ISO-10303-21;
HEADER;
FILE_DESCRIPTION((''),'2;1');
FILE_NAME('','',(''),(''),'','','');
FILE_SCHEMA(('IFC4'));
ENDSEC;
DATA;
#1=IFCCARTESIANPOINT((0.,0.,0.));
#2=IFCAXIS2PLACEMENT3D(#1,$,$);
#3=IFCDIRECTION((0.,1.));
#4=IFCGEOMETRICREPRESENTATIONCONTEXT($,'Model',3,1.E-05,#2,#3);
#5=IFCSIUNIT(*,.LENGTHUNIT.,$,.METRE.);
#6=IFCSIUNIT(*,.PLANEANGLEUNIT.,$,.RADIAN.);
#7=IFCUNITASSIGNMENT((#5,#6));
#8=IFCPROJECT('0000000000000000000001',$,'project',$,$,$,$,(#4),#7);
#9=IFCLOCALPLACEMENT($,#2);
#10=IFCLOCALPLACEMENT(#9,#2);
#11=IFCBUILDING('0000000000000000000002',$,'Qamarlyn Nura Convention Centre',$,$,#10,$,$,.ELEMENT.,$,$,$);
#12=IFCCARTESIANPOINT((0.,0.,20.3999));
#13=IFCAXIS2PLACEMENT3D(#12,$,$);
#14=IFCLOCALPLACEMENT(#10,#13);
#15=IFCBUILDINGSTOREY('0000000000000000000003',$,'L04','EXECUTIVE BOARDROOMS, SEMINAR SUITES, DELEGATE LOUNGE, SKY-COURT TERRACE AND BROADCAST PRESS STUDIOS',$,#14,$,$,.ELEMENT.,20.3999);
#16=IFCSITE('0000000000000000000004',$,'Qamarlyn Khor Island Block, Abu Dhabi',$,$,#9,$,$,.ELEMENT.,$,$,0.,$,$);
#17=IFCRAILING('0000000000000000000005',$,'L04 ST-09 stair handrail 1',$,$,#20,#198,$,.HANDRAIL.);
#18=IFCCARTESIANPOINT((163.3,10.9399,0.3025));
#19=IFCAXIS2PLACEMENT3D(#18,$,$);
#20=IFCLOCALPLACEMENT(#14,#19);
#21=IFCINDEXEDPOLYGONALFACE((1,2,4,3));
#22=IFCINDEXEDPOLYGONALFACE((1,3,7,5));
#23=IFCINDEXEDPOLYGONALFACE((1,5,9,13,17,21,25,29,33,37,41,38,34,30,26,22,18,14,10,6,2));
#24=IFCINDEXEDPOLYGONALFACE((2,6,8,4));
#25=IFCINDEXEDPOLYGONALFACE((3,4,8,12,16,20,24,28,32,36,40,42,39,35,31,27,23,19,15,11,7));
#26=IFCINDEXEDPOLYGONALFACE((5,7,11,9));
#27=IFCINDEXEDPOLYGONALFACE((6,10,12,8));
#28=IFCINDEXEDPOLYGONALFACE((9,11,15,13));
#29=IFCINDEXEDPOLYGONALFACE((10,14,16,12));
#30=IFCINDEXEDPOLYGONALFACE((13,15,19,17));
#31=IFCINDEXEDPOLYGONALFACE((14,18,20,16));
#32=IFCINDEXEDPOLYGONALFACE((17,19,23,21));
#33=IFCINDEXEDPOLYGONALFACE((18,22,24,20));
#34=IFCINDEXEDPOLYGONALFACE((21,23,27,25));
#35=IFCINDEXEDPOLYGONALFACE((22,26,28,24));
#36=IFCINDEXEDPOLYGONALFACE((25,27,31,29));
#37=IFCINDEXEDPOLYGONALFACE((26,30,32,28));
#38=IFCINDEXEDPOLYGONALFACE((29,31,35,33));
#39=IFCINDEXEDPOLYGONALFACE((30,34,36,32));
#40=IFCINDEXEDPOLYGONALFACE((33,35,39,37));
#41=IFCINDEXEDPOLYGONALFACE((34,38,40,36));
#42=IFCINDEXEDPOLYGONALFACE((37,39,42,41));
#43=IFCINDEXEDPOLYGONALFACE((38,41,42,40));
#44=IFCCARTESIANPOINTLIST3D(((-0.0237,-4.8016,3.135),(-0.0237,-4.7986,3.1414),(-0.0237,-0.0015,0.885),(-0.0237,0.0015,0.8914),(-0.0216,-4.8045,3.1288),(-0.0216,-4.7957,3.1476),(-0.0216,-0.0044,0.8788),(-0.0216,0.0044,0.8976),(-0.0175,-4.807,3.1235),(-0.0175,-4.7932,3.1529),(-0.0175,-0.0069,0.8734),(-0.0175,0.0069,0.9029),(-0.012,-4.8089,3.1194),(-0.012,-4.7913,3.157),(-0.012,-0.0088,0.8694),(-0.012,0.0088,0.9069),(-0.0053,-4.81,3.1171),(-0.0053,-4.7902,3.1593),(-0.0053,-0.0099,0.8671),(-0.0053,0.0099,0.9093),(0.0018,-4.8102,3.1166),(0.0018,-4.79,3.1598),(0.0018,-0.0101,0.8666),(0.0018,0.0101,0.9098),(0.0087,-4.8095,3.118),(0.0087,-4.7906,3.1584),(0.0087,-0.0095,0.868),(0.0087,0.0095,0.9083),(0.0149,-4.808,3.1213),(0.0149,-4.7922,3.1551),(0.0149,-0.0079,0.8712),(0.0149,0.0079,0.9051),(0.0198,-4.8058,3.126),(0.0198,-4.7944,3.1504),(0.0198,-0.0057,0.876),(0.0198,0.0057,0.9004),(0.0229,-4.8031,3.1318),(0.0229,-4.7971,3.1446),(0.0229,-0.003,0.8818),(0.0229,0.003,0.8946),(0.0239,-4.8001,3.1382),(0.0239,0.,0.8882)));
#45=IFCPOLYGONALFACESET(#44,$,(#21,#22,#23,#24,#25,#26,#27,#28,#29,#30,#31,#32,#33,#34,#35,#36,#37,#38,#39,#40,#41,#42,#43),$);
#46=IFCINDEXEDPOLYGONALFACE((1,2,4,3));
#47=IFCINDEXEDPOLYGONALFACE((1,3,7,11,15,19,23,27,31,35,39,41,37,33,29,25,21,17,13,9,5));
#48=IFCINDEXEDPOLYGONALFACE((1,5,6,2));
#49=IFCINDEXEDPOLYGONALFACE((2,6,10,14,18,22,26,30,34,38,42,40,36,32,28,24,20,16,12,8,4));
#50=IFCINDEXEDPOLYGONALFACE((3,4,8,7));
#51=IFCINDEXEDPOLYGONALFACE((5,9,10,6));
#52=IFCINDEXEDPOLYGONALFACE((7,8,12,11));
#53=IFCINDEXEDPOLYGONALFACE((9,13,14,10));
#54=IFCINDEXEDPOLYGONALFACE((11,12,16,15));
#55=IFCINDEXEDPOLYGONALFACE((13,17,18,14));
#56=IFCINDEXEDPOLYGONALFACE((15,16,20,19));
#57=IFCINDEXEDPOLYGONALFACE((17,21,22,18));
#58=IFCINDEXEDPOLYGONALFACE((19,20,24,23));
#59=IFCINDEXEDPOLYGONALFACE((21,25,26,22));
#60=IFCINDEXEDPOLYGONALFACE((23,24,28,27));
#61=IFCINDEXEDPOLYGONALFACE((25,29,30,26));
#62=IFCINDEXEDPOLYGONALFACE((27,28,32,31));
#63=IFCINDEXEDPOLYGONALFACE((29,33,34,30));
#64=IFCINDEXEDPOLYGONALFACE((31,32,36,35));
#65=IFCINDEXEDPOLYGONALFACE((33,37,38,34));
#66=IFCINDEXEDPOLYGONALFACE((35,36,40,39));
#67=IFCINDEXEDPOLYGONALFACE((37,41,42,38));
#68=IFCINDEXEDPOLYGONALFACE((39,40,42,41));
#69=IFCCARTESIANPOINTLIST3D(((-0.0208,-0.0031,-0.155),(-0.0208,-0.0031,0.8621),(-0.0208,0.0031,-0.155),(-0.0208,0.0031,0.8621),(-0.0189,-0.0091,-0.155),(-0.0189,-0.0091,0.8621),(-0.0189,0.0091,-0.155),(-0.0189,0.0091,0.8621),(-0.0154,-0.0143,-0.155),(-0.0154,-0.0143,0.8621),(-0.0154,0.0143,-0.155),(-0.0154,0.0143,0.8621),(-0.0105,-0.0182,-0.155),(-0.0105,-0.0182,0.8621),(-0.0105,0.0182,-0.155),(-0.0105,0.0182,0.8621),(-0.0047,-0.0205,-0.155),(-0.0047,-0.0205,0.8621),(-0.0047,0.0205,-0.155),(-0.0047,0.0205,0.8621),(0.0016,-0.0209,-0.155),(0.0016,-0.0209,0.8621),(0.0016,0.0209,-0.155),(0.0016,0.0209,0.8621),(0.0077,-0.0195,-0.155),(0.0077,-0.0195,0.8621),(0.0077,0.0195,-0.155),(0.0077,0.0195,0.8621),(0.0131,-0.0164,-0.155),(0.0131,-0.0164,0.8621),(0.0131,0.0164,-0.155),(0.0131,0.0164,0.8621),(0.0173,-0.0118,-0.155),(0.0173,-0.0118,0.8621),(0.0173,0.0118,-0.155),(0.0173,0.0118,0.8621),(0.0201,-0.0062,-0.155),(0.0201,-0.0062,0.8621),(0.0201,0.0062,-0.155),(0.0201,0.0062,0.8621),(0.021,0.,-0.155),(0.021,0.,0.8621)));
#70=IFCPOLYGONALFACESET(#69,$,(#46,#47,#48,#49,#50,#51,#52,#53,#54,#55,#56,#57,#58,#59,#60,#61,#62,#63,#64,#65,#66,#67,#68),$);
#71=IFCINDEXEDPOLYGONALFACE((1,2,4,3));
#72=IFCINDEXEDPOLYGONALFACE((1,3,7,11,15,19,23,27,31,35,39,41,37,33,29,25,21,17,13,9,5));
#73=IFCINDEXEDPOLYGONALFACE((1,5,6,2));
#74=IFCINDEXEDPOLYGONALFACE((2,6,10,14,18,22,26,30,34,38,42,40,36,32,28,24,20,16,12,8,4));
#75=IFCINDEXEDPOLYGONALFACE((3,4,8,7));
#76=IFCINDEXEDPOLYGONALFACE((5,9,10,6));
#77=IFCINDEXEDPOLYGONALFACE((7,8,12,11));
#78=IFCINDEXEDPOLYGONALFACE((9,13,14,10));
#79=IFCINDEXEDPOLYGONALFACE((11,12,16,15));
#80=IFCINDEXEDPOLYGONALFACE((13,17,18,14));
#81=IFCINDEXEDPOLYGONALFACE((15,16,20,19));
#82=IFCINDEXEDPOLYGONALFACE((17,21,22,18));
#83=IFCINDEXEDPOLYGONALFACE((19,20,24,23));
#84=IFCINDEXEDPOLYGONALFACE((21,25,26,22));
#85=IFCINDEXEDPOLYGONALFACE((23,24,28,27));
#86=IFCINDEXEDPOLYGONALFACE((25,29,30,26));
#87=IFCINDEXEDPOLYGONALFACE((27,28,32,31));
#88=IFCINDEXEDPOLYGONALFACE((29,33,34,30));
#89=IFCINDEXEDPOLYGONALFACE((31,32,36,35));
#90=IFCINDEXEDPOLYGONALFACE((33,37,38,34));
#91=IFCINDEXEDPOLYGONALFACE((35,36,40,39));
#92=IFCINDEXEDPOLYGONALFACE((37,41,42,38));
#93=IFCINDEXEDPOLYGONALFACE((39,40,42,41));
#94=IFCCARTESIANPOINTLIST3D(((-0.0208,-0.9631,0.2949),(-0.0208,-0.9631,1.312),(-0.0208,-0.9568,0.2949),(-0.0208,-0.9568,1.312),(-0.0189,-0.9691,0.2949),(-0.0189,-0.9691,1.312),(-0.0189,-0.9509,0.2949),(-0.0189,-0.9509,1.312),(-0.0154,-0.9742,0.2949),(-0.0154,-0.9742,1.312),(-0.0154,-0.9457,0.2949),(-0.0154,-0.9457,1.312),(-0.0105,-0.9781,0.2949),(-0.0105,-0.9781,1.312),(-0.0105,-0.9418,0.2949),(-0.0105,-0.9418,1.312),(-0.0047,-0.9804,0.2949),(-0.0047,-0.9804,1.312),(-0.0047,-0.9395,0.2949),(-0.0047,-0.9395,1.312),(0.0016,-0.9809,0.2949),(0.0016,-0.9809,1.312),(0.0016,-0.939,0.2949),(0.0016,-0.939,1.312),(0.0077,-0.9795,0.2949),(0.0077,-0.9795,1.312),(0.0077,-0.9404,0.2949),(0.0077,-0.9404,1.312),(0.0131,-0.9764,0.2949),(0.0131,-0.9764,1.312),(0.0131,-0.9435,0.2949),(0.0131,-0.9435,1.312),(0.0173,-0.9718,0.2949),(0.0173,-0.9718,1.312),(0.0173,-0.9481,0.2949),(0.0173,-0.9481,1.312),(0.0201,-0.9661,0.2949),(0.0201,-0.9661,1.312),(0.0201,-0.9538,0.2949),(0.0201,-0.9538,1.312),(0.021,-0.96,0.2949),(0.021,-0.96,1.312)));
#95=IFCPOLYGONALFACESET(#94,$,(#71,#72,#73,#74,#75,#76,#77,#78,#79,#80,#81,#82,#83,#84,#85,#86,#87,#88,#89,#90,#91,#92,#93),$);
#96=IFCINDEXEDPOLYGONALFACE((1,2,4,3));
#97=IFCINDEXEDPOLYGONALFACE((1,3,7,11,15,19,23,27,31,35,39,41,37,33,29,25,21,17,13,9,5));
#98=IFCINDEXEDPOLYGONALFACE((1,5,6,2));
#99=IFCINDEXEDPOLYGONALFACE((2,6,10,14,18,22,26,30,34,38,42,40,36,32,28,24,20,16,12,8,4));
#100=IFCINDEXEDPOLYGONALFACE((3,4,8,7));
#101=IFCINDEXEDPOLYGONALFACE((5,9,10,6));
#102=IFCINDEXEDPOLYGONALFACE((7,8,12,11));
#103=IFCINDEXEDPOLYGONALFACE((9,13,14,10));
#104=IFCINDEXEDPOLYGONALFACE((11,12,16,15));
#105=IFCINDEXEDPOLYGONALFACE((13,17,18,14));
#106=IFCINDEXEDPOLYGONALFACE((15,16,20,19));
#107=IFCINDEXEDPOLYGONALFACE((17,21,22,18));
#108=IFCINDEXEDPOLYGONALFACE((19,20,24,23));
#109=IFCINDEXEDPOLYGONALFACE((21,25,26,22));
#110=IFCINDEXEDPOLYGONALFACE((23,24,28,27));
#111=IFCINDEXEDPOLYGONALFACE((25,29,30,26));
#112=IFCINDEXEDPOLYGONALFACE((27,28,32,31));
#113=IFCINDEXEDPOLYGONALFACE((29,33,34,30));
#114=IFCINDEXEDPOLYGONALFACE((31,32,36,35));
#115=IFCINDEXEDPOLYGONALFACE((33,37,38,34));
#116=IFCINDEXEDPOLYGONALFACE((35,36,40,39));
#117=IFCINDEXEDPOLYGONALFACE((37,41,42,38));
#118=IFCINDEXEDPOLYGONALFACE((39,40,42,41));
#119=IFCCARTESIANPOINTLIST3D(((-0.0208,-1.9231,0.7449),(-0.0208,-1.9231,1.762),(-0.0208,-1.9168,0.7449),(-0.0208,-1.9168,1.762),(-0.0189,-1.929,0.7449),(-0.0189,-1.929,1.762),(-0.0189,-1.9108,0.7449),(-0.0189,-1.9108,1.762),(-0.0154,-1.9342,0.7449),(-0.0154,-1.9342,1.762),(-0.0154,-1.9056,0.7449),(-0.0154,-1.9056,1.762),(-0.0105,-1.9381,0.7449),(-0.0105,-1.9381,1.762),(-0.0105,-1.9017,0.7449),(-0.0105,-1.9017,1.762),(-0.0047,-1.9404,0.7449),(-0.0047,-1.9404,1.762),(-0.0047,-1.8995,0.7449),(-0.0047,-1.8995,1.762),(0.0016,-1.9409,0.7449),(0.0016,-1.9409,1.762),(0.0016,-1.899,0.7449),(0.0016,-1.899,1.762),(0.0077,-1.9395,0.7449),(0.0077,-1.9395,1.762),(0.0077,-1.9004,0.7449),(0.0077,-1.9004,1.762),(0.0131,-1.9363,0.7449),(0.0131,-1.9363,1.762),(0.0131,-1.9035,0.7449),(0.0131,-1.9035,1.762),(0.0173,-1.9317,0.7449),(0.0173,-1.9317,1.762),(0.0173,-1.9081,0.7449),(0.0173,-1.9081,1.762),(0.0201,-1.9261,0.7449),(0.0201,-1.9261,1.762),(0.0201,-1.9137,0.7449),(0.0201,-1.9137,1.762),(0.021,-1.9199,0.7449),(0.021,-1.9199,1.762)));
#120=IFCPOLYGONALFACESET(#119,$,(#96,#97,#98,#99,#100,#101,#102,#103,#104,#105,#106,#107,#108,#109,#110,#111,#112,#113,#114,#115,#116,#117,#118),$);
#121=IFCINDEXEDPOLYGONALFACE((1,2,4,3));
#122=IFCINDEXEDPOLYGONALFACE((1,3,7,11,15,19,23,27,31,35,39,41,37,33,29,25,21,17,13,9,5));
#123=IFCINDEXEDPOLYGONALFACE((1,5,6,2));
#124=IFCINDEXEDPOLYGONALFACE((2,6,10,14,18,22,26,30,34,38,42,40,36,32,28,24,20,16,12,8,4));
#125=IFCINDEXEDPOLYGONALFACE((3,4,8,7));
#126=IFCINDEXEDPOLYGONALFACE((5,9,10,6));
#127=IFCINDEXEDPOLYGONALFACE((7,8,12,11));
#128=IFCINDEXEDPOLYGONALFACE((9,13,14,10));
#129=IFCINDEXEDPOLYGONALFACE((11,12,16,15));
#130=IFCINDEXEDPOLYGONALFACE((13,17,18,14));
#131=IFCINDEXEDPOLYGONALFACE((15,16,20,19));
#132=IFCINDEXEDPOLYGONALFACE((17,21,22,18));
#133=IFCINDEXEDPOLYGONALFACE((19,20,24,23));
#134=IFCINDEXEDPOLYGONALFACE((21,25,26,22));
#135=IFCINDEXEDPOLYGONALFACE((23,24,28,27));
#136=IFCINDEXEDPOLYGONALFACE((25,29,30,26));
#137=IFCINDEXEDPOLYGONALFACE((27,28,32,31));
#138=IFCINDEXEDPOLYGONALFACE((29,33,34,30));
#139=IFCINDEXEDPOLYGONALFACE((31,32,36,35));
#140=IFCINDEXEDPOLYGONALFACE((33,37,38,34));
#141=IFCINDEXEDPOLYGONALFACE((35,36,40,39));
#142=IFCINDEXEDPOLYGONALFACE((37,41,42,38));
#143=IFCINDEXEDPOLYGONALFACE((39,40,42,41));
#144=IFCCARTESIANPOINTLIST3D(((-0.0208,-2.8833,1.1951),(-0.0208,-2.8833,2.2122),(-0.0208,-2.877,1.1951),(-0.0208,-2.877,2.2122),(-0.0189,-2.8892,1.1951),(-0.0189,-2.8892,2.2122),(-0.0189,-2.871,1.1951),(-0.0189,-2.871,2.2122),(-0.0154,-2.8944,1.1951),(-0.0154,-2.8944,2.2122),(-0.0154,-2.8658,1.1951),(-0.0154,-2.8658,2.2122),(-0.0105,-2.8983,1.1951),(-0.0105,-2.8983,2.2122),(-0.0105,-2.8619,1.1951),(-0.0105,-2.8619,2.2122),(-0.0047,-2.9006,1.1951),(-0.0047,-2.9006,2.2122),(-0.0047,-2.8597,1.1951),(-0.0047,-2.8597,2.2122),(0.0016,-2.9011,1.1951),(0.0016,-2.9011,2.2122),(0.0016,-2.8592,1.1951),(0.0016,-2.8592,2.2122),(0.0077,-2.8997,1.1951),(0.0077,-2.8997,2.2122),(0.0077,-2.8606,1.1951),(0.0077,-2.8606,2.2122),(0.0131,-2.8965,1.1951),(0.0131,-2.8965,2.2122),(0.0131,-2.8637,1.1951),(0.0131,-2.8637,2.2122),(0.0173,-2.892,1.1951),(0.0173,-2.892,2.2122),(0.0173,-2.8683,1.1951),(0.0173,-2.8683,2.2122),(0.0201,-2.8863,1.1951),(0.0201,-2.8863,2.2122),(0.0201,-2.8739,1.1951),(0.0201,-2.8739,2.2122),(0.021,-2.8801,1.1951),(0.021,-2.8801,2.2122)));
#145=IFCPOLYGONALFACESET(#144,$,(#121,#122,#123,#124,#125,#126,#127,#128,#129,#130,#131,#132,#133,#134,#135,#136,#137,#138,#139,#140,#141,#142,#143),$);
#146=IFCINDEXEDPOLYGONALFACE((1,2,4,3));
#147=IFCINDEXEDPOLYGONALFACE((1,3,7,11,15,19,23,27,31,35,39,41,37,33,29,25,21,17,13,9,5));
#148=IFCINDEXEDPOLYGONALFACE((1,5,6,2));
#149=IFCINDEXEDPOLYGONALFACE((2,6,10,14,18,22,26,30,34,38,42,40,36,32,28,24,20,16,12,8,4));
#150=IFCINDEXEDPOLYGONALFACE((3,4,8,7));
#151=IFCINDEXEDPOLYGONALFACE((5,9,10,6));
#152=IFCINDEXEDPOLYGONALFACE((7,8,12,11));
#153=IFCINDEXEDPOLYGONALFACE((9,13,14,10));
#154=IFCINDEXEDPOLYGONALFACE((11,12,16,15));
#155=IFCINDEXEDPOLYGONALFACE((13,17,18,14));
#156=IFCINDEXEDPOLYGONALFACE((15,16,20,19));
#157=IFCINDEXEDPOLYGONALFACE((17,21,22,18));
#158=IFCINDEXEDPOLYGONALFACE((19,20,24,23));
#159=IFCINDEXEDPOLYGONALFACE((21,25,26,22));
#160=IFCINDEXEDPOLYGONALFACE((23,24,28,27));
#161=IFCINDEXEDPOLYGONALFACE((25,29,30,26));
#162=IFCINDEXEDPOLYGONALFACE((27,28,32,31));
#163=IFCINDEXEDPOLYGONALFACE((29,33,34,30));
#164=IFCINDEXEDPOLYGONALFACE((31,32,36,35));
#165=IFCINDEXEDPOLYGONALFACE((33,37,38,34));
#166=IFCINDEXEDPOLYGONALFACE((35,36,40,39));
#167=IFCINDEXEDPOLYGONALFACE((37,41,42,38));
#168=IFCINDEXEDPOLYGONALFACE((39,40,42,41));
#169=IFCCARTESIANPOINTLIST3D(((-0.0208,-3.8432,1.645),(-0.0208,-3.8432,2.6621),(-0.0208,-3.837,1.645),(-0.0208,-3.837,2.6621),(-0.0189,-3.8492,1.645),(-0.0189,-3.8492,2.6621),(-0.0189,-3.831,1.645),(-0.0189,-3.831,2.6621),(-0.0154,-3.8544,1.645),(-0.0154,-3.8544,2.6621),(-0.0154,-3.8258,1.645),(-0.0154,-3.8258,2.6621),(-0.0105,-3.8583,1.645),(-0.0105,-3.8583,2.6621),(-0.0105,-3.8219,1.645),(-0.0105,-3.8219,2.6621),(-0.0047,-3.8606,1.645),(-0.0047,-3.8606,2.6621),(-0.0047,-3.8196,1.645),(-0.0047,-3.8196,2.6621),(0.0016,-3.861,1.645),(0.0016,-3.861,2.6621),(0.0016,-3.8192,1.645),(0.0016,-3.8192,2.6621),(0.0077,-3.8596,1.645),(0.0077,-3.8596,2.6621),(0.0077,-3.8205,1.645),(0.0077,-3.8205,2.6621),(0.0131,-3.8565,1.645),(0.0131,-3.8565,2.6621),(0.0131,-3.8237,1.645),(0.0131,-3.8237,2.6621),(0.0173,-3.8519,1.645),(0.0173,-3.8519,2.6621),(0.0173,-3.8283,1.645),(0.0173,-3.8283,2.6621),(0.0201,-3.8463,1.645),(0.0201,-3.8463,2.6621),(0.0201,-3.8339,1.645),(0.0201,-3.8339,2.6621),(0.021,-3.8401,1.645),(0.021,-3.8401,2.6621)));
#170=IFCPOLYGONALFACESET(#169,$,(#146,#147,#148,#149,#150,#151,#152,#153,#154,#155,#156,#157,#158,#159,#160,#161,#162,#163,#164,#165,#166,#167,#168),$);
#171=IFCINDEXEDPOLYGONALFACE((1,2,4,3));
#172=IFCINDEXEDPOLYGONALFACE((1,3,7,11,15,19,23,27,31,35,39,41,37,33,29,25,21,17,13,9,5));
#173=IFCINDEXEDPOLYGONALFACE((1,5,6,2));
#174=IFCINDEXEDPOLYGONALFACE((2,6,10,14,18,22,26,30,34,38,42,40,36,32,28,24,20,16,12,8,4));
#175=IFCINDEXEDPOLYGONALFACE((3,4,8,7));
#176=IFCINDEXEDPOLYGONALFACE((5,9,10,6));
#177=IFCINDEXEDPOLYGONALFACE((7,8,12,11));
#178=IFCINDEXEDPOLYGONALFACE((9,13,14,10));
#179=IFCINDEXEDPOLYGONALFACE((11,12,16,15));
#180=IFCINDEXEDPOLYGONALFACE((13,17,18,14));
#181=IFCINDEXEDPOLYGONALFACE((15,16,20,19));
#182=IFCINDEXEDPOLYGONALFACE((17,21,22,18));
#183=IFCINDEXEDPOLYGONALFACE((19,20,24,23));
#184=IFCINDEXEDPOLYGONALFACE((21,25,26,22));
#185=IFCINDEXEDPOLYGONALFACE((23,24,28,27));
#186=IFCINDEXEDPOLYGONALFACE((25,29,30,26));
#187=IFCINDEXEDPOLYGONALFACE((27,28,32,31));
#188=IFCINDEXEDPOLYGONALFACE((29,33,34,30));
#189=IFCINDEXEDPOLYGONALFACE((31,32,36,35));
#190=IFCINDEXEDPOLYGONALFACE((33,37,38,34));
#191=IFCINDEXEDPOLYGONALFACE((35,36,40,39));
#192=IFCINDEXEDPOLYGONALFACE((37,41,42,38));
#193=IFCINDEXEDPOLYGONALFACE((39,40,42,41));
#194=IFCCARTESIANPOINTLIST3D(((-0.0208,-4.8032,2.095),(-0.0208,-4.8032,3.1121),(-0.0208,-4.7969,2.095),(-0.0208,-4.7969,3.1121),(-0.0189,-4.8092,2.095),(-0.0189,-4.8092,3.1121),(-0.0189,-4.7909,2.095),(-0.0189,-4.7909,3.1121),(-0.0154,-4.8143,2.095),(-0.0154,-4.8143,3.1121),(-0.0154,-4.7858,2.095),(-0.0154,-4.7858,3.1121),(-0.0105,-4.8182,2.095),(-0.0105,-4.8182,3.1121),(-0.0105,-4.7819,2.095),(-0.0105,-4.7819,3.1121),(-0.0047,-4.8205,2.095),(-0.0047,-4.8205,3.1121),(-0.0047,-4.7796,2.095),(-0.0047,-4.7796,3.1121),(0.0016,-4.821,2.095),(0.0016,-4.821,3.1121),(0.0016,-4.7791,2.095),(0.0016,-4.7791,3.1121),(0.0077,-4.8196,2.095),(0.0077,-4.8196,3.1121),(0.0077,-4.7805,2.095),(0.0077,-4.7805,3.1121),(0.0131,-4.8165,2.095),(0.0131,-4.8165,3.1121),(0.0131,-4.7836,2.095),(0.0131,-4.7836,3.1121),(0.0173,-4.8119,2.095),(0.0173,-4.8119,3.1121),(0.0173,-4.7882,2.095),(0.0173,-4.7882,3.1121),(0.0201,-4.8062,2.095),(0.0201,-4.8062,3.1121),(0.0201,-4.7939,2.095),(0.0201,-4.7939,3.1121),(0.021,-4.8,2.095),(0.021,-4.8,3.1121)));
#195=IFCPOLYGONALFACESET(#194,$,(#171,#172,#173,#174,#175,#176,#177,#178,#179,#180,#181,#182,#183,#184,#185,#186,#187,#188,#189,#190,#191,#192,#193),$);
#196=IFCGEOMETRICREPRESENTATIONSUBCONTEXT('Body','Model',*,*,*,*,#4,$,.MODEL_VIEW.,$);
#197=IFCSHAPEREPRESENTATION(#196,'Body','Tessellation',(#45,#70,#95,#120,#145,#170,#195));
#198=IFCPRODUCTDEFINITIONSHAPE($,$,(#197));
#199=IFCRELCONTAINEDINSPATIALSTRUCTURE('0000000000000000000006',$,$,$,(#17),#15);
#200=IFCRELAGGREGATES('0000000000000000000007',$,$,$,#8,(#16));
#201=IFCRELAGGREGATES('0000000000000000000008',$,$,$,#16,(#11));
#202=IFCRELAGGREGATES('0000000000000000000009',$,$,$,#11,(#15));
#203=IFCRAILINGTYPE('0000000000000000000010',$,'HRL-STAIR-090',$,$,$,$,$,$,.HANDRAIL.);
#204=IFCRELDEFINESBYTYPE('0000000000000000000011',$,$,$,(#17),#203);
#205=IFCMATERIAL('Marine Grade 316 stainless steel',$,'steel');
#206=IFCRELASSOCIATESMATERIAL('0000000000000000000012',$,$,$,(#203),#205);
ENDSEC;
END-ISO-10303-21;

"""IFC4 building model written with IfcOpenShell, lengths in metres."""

from ifc_helpers import new_model, si_unit, direction, frame, origin, origin_2d, place, context, subcontext, project, spatial, circle, extrude, material, type_object, element, save


model = new_model("IFC4")

# Units and contexts
model_context = context("Model", 3, precision=1e-05, world=origin(), true_north=direction((0.0, 1.0)))
body_context = subcontext(model_context, "Body", "Model", "MODEL_VIEW")
ifc_project = project(units=[si_unit("LENGTHUNIT", "METRE"), si_unit("PLANEANGLEUNIT", "RADIAN")], contexts=[model_context])

# Site, building, storey
site_placement = place(None, origin())
site = spatial("IfcSite", under=ifc_project, at=site_placement, Name="Qamarlyn Khor Island Block, Abu Dhabi", CompositionType="ELEMENT", RefElevation=0.0)
building_placement = place(site_placement, origin())
building = spatial("IfcBuilding", under=site, at=building_placement, Name="Qamarlyn Nura Convention Centre", CompositionType="ELEMENT")
storey_placement = place(building_placement, frame((0.0, 0.0, 20.3999)))
storey = spatial("IfcBuildingStorey", under=building, at=storey_placement, Name="L04", Description="EXECUTIVE BOARDROOMS, SEMINAR SUITES, DELEGATE LOUNGE, SKY-COURT TERRACE AND BROADCAST PRESS STUDIOS", CompositionType="ELEMENT", Elevation=20.3999)

# Shared definitions
ifc_material_1 = material(Name="Marine Grade 316 stainless steel", Category="steel")

# Railing
railing_type_1 = type_object("IfcRailingType", Name="HRL-STAIR-090", PredefinedType="HANDRAIL", material=ifc_material_1)
railing_1_placement = place(storey_placement, frame((163.3, 10.9399, 0.3025)))
element("IfcRailing", 1, at=railing_1_placement, inside=storey, type_object=railing_type_1, Name="L04 ST-09 stair handrail 1", PredefinedType="HANDRAIL", context=body_context, shape_type="SweptSolid", body=[
    extrude(circle(Radius=0.0239, at=origin_2d()), frame((0.0, 0.0, 0.8882), z_axis=(0.0, -0.905461, 0.42443), x_axis=(1.0, 0.0, 0.0)), (0.0, 0.0, 1.0), 5.3013),
    extrude(circle(Radius=0.021, at=origin_2d()), frame((0.0, 0.0, -0.155)), (0.0, 0.0, 1.0), 1.0171),
    extrude(circle(Radius=0.021, at=origin_2d()), frame((0.0, -0.96, 0.2949)), (0.0, 0.0, 1.0), 1.0171),
    extrude(circle(Radius=0.021, at=origin_2d()), frame((0.0, -1.9199, 0.7449)), (0.0, 0.0, 1.0), 1.0171),
    extrude(circle(Radius=0.021, at=origin_2d()), frame((0.0, -2.8801, 1.1951)), (0.0, 0.0, 1.0), 1.0171),
    extrude(circle(Radius=0.021, at=origin_2d()), frame((0.0, -3.8401, 1.645)), (0.0, 0.0, 1.0), 1.0171),
    extrude(circle(Radius=0.021, at=origin_2d()), frame((0.0, -4.8, 2.095)), (0.0, 0.0, 1.0), 1.0171),
])

save(model, "model.ifc")
